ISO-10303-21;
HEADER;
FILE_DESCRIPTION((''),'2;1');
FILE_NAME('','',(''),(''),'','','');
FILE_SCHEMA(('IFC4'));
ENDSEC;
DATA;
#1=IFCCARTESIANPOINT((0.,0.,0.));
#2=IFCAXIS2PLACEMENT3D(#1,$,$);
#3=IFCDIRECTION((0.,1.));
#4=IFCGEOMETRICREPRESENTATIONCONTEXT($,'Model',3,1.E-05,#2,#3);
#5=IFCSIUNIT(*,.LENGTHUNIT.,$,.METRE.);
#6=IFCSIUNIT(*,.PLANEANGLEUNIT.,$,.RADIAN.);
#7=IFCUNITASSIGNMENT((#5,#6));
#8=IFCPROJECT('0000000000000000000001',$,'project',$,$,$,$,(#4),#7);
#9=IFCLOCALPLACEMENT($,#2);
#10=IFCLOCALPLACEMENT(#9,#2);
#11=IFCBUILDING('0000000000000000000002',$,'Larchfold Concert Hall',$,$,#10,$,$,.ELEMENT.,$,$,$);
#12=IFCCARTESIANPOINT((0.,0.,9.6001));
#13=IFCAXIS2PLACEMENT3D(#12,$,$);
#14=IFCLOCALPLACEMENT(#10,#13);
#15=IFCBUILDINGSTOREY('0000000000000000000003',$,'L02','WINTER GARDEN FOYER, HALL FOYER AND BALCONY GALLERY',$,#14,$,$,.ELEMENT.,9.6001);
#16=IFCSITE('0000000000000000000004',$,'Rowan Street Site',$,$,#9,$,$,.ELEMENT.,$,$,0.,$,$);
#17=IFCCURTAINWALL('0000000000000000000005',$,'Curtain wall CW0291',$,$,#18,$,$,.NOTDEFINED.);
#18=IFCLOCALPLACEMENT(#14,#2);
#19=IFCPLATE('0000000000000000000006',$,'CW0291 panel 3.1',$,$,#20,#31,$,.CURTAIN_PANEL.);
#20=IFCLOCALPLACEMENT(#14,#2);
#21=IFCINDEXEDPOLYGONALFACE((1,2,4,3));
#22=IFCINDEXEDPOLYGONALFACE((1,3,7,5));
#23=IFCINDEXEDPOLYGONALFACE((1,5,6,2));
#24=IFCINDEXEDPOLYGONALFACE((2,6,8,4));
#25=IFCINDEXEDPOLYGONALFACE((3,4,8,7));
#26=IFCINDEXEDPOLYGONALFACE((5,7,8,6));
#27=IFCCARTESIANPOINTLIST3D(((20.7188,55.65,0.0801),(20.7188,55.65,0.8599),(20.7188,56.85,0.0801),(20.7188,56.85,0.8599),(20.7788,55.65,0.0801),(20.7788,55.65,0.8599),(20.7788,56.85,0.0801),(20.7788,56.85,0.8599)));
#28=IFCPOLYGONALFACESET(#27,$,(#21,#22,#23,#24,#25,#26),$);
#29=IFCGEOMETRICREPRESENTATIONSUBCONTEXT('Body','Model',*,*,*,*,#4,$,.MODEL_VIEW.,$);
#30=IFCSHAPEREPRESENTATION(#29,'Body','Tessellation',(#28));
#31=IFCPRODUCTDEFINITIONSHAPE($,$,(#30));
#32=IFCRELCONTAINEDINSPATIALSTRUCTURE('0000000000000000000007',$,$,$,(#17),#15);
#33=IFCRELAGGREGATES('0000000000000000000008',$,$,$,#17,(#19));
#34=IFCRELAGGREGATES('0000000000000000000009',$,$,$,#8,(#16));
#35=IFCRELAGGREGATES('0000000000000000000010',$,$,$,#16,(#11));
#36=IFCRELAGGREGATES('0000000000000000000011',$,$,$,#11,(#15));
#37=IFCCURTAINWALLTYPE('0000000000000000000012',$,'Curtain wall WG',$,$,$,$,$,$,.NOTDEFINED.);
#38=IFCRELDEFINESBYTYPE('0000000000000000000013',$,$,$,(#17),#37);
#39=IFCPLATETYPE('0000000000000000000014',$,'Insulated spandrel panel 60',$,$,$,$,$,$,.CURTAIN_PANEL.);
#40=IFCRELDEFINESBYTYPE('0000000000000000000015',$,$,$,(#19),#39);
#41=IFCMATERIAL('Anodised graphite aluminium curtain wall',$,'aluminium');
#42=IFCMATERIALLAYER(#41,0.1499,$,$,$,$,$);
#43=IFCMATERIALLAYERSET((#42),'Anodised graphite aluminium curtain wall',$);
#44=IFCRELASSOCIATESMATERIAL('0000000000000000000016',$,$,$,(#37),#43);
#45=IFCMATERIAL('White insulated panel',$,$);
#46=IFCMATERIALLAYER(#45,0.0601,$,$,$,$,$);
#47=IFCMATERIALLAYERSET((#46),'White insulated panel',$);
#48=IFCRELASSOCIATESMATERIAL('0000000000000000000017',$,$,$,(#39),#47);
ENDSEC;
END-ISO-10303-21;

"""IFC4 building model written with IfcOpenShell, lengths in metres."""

from ifc_helpers import new_model, si_unit, direction, frame, origin, origin_2d, place, context, subcontext, project, spatial, rectangle, extrude, material, layer, layer_set, type_object, element, aggregate, save


model = new_model("IFC4")

# Units and contexts
model_context = context("Model", 3, precision=1e-05, world=origin(), true_north=direction((0.0, 1.0)))
body_context = subcontext(model_context, "Body", "Model", "MODEL_VIEW")
ifc_project = project(units=[si_unit("LENGTHUNIT", "METRE"), si_unit("PLANEANGLEUNIT", "RADIAN")], contexts=[model_context])

# Site, building, storey
site_placement = place(None, origin())
site = spatial("IfcSite", under=ifc_project, at=site_placement, Name="Rowan Street Site", CompositionType="ELEMENT", RefElevation=0.0)
building_placement = place(site_placement, origin())
building = spatial("IfcBuilding", under=site, at=building_placement, Name="Larchfold Concert Hall", CompositionType="ELEMENT")
storey_placement = place(building_placement, frame((0.0, 0.0, 9.6001)))
storey = spatial("IfcBuildingStorey", under=building, at=storey_placement, Name="L02", Description="WINTER GARDEN FOYER, HALL FOYER AND BALCONY GALLERY", CompositionType="ELEMENT", Elevation=9.6001)

# Shared definitions
ifc_material_1 = material(Name="Anodised graphite aluminium curtain wall", Category="aluminium")
ifc_layer_1 = layer(ifc_material_1, 0.1499)
ifc_layer_set_1 = layer_set([ifc_layer_1], Name="Anodised graphite aluminium curtain wall")
curtain_wall_type = type_object("IfcCurtainWallType", Name="Curtain wall WG", PredefinedType="NOTDEFINED", material=ifc_layer_set_1)

# Curtain wall
curtain_wall_1_placement = place(storey_placement, origin())
curtain_wall_1 = element("IfcCurtainWall", 1, at=curtain_wall_1_placement, inside=storey, type_object=curtain_wall_type, Name="Curtain wall CW0291", PredefinedType="NOTDEFINED")

# Plate
ifc_material_2 = material(Name="White insulated panel")
ifc_layer_2 = layer(ifc_material_2, 0.0601)
ifc_layer_set_2 = layer_set([ifc_layer_2], Name="White insulated panel")
plate_type_1 = type_object("IfcPlateType", Name="Insulated spandrel panel 60", PredefinedType="CURTAIN_PANEL", material=ifc_layer_set_2)
plate_1_placement = place(storey_placement, frame((20.7488, 56.25, 0.0801), z_axis=(0.0, 0.0, 1.0), x_axis=(0.0, 1.0, 0.0)))
plate_1 = element("IfcPlate", 2, at=plate_1_placement, type_object=plate_type_1, Name="CW0291 panel 3.1", PredefinedType="CURTAIN_PANEL", context=body_context, shape_type="SweptSolid", body=[
    extrude(rectangle(XDim=1.2, YDim=0.0601, at=origin_2d()), origin(), (0.0, 0.0, 1.0), 0.7798),
])
aggregate(curtain_wall_1, [plate_1])

save(model, "model.ifc")
